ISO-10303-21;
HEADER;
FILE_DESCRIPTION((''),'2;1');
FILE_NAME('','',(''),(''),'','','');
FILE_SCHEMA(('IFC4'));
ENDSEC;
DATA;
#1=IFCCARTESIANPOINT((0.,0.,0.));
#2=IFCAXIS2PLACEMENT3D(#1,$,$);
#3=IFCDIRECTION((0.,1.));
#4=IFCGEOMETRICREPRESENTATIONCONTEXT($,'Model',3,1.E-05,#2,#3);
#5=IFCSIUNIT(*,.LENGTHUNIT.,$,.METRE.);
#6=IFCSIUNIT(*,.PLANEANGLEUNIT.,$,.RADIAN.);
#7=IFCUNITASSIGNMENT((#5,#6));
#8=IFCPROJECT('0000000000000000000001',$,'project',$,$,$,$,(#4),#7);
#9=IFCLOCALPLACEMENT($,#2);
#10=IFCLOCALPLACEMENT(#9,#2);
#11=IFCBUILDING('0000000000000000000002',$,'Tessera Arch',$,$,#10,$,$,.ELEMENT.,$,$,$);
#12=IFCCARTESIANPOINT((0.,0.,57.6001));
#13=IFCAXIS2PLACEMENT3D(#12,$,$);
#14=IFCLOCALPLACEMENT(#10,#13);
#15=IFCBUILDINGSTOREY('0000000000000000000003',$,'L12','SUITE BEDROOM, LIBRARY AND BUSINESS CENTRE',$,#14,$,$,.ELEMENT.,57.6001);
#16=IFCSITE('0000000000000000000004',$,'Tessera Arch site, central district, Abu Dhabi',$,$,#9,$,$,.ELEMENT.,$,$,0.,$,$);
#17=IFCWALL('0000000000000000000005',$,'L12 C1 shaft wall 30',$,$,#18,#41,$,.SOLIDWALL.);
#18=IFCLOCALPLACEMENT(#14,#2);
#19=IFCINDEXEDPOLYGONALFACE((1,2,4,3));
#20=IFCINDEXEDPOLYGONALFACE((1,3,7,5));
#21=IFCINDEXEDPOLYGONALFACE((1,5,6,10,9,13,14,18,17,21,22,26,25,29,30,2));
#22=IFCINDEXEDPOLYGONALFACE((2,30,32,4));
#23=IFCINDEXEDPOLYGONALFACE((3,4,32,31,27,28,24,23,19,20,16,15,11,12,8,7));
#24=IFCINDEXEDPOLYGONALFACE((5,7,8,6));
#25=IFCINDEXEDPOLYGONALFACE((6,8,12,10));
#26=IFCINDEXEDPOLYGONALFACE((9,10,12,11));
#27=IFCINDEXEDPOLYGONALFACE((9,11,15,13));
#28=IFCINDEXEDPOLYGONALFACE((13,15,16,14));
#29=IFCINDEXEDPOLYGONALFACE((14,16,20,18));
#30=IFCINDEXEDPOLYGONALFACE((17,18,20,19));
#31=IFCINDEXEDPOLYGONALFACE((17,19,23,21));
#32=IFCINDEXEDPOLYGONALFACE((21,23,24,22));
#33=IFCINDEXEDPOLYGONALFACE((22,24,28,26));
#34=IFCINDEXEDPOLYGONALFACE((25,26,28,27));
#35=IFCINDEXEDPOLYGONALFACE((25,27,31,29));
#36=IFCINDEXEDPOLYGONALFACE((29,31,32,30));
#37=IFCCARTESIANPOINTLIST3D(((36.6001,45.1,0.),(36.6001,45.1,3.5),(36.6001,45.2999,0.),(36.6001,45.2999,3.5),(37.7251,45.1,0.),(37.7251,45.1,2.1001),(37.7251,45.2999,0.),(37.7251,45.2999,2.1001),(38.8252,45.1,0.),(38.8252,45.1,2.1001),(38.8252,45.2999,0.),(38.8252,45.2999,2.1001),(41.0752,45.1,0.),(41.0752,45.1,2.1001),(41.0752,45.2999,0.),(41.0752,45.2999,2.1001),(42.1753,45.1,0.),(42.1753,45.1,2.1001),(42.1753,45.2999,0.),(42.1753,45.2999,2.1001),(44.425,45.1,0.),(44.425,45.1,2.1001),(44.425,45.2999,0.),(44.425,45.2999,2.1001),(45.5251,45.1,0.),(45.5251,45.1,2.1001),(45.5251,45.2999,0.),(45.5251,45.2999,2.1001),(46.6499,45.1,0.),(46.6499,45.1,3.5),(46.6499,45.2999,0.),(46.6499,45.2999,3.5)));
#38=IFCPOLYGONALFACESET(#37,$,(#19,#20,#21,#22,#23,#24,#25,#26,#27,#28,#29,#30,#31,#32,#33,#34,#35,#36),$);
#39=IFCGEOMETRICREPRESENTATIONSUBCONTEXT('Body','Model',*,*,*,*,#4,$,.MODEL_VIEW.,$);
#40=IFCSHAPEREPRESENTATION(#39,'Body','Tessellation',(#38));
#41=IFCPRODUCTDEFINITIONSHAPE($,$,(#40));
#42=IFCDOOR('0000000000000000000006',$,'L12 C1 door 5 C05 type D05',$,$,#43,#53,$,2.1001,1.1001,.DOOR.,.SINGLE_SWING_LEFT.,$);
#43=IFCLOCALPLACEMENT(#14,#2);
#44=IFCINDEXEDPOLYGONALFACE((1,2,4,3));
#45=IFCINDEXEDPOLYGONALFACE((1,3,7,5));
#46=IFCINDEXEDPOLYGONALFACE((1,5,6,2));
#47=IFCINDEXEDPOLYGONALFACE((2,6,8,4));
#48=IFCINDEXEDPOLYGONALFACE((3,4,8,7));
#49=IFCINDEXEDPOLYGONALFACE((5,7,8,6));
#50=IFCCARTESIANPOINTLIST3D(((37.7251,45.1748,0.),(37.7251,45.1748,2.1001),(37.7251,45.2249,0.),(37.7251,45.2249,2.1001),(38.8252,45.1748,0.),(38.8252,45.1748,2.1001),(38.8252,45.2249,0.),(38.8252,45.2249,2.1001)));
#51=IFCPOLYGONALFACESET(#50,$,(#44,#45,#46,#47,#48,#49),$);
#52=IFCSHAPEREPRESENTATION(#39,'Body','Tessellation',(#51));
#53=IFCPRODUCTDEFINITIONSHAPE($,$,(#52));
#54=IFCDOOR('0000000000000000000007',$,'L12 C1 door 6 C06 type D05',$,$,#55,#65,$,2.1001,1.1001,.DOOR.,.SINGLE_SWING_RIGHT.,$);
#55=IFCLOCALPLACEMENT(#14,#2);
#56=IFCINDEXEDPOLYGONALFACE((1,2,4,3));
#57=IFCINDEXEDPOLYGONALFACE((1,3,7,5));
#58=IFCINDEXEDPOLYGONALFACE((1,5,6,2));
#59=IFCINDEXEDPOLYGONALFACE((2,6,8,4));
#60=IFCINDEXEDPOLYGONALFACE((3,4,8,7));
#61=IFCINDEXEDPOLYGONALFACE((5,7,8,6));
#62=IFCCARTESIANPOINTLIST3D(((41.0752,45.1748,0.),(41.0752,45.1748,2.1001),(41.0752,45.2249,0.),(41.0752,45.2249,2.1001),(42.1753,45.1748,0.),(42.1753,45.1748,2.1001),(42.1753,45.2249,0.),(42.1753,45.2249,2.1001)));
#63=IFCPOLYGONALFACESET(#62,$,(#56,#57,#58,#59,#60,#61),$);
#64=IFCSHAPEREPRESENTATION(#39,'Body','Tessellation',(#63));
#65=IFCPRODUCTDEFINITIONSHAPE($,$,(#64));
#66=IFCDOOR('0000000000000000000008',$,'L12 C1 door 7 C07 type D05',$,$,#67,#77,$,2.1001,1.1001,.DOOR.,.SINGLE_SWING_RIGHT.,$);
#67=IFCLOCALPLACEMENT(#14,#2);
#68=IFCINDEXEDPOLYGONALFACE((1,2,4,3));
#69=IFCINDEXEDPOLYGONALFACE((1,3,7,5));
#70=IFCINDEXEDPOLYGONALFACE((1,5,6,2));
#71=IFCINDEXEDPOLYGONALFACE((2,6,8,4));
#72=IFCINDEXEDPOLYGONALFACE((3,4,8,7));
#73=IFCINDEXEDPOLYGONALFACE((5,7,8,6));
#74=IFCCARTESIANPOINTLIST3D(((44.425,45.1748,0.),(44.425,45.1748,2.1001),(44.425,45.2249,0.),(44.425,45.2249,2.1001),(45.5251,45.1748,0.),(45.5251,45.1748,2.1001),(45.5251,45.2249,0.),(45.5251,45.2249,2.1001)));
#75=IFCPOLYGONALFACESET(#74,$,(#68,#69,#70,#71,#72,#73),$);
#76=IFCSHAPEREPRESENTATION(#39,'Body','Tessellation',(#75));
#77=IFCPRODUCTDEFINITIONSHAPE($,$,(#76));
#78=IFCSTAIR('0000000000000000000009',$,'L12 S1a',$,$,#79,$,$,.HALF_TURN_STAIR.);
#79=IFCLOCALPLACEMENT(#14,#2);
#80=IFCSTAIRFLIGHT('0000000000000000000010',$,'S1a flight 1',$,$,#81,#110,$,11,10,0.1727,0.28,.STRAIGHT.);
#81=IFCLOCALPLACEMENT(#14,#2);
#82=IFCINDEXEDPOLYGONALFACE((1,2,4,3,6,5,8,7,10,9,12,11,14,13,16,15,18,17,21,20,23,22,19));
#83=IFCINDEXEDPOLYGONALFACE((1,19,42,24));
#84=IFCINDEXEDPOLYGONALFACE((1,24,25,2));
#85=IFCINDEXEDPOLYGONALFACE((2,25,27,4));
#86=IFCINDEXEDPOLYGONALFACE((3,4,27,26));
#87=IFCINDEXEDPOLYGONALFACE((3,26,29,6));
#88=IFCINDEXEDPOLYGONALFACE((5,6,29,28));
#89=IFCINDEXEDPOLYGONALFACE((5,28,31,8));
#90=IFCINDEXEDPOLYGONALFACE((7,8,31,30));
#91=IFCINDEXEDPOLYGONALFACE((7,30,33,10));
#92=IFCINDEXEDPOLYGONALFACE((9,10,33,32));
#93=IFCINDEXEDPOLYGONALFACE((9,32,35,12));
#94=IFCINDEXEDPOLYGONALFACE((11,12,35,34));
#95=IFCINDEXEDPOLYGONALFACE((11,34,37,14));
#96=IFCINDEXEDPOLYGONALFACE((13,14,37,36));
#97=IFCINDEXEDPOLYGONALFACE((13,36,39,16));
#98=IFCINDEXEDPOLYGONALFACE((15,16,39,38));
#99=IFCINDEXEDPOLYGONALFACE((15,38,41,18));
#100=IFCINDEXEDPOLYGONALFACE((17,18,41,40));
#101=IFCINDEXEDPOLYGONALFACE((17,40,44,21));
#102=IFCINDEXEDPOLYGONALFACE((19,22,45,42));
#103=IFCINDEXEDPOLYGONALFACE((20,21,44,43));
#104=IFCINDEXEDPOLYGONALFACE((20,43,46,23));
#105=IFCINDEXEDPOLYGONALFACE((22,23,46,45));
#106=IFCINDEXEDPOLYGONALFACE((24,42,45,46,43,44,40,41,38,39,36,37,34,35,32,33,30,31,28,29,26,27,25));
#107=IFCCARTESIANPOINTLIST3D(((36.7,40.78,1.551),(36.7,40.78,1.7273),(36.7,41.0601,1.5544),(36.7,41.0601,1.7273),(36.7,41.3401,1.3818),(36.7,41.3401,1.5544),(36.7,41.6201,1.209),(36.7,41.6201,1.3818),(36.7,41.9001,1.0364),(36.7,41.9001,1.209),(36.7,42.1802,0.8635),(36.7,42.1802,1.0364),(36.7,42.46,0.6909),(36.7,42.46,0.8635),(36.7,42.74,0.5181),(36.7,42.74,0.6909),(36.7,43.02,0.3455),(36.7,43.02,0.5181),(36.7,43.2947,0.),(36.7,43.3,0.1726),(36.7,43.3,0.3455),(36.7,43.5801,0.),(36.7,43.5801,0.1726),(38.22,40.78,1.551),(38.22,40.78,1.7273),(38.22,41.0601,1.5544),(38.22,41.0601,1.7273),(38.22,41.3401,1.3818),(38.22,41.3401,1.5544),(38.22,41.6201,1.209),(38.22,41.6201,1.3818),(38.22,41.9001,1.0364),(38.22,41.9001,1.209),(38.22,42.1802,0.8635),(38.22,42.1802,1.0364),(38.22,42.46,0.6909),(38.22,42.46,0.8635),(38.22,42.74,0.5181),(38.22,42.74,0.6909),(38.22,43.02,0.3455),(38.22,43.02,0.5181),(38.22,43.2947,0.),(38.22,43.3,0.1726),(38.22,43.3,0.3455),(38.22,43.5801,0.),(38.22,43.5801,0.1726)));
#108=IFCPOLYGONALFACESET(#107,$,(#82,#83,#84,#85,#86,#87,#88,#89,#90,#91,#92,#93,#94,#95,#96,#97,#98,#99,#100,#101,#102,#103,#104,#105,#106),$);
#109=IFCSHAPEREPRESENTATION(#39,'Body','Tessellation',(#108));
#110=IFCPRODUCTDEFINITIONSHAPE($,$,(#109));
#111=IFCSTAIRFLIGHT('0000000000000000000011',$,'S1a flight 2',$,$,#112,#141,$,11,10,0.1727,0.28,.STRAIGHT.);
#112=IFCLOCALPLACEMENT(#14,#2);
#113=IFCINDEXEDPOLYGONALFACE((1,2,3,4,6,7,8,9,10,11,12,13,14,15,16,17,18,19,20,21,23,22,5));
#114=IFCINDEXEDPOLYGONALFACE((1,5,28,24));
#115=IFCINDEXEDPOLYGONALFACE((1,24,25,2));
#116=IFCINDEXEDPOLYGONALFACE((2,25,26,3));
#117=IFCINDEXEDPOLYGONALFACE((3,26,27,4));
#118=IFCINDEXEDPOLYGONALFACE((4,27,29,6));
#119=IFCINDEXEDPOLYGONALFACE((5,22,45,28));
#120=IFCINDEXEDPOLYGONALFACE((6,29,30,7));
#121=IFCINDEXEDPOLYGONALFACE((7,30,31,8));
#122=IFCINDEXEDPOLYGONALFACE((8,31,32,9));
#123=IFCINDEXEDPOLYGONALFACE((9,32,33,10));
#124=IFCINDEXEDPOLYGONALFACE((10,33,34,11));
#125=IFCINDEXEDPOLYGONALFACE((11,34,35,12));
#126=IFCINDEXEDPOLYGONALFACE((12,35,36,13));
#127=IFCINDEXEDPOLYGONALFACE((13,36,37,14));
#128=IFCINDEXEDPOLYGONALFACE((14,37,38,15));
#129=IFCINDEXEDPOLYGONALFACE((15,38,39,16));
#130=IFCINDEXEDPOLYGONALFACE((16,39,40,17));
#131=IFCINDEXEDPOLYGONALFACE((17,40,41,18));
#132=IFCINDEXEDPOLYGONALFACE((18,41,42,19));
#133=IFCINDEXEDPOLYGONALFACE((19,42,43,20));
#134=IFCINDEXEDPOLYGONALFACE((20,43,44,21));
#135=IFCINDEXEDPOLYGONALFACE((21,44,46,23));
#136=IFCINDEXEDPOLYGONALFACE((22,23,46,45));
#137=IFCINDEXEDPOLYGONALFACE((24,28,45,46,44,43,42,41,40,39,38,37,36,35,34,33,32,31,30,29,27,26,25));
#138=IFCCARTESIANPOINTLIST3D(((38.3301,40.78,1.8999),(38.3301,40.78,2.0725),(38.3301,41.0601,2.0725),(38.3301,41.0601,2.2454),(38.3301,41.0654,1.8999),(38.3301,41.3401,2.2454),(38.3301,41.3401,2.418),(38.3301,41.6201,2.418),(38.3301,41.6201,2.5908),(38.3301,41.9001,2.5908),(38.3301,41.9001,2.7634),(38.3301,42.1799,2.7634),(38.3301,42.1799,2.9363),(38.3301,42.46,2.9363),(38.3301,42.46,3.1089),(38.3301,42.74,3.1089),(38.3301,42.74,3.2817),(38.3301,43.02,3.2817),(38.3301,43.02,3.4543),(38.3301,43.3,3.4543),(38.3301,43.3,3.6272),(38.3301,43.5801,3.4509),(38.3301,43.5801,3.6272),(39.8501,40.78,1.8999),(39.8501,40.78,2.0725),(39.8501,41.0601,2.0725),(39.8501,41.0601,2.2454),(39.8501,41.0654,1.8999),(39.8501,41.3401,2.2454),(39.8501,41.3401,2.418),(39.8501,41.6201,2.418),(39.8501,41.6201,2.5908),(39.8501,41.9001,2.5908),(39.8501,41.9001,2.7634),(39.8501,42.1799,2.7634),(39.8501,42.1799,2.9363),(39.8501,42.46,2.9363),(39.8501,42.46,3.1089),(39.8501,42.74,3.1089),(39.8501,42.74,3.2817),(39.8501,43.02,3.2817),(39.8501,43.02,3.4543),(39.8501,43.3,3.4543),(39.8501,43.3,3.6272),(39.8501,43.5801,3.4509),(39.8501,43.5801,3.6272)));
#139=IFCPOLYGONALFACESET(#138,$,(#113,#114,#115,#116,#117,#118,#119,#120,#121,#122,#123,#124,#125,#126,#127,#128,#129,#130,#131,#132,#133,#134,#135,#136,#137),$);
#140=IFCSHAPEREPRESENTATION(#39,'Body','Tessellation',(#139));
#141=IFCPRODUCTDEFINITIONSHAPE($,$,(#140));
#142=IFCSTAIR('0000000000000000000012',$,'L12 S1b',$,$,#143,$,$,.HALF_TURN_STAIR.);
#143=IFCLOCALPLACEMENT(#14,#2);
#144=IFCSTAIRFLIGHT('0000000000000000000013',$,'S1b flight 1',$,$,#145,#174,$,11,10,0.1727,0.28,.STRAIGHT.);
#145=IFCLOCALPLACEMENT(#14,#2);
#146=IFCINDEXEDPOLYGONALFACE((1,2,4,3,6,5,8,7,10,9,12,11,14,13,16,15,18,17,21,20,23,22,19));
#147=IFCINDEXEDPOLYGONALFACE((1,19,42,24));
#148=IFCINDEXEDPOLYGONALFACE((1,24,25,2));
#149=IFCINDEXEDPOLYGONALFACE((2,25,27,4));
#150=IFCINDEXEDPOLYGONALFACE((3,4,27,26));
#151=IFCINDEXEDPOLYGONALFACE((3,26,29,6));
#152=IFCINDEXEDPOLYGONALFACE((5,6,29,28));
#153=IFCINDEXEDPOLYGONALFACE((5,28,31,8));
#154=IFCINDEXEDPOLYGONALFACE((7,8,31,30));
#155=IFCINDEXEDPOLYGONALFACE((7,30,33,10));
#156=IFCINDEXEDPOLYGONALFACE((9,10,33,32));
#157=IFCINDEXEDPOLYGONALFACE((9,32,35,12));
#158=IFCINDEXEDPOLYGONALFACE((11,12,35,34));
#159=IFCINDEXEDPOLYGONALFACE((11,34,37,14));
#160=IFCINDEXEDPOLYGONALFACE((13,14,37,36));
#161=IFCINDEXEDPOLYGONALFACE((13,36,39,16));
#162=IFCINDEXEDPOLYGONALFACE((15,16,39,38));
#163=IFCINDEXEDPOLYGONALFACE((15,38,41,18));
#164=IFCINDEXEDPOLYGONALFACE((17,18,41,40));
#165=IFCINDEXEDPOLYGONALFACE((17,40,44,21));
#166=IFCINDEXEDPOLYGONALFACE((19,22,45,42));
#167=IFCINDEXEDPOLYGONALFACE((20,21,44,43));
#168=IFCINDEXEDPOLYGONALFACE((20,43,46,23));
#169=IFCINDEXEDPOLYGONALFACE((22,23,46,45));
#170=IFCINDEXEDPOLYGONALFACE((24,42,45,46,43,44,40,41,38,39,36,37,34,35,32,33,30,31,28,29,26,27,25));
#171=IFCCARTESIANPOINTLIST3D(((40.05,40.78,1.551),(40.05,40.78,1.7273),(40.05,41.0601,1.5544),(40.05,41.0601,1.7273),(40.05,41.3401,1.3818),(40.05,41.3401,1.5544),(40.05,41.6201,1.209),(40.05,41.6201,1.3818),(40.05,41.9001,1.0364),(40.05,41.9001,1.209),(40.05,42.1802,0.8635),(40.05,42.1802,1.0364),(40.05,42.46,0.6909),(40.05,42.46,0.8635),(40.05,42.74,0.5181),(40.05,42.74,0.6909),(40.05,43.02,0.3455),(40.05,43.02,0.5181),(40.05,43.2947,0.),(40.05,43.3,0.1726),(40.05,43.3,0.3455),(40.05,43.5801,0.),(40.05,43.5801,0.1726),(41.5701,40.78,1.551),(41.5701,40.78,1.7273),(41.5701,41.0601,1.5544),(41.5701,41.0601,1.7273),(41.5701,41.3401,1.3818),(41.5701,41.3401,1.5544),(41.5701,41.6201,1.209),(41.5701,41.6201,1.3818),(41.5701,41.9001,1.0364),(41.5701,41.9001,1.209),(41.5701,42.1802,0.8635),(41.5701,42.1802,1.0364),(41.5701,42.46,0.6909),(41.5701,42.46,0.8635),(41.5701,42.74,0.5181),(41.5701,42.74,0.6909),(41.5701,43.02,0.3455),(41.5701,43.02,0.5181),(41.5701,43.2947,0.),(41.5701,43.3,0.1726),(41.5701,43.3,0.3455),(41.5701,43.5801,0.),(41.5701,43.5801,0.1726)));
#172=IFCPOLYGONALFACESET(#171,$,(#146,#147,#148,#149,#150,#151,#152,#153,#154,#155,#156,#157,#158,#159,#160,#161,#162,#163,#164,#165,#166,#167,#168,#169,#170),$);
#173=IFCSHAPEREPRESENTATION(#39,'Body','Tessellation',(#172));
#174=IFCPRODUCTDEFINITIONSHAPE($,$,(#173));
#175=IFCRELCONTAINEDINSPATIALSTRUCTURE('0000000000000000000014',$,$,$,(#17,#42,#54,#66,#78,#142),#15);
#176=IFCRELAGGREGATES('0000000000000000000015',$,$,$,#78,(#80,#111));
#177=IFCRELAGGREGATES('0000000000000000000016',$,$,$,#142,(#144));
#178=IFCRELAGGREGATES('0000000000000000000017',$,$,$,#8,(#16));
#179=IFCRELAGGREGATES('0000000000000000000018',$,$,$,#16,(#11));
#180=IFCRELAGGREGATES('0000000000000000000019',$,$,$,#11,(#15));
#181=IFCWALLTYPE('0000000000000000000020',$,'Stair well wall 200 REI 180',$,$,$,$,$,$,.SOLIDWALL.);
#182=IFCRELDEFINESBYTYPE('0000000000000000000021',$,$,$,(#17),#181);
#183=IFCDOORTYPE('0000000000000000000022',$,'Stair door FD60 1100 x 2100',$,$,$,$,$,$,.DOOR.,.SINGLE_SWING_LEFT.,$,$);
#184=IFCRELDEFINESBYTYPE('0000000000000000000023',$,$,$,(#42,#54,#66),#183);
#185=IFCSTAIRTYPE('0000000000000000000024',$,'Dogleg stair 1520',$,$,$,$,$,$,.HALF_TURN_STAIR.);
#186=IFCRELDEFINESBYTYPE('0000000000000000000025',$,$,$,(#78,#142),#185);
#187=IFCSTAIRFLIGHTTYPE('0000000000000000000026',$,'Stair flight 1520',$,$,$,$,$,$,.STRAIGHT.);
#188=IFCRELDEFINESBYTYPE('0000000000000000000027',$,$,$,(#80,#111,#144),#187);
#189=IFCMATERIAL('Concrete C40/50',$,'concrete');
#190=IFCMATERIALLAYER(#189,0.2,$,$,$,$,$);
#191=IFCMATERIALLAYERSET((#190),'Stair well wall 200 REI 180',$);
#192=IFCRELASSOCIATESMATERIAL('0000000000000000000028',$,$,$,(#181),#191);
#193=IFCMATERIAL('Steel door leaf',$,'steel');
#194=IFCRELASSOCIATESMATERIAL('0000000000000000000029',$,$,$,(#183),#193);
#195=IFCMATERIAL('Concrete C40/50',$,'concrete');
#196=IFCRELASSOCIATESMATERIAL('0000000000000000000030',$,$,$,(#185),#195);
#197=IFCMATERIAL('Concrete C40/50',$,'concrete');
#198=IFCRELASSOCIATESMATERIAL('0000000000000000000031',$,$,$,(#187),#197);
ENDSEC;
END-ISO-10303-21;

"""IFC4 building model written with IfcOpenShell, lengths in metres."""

from ifc_helpers import new_model, si_unit, direction, frame, frame_2d, origin, place, context, subcontext, project, spatial, polyline, rectangle, outline, extrude, material, layer, layer_set, type_object, element, fill, aggregate, save


model = new_model("IFC4")

# Units and contexts
model_context = context("Model", 3, precision=1e-05, world=origin(), true_north=direction((0.0, 1.0)))
body_context = subcontext(model_context, "Body", "Model", "MODEL_VIEW")
ifc_project = project(units=[si_unit("LENGTHUNIT", "METRE"), si_unit("PLANEANGLEUNIT", "RADIAN")], contexts=[model_context])

# Site, building, storey
site_placement = place(None, origin())
site = spatial("IfcSite", under=ifc_project, at=site_placement, Name="Tessera Arch site, central district, Abu Dhabi", CompositionType="ELEMENT", RefElevation=0.0)
building_placement = place(site_placement, origin())
building = spatial("IfcBuilding", under=site, at=building_placement, Name="Tessera Arch", CompositionType="ELEMENT")
storey_placement = place(building_placement, frame((0.0, 0.0, 57.6001)))
storey = spatial("IfcBuildingStorey", under=building, at=storey_placement, Name="L12", Description="SUITE BEDROOM, LIBRARY AND BUSINESS CENTRE", CompositionType="ELEMENT", Elevation=57.6001)

# Shared definitions
ifc_material_1 = material(Name="Concrete C40/50", Category="concrete")
ifc_layer_1 = layer(ifc_material_1, 0.2)
ifc_layer_set_1 = layer_set([ifc_layer_1], Name="Stair well wall 200 REI 180")
wall_type_1 = type_object("IfcWallType", Name="Stair well wall 200 REI 180", PredefinedType="SOLIDWALL", material=ifc_layer_set_1)

# Wall, openings, doors
wall_1_placement = place(storey_placement, frame((36.6001, 45.2, 0.0), z_axis=(0.0, 0.0, 1.0), x_axis=(1.0, 0.0, 0.0)))
wall_1 = element("IfcWall", 1, at=wall_1_placement, inside=storey, type_object=wall_type_1, Name="L12 C1 shaft wall 30", PredefinedType="SOLIDWALL", context=body_context, shape_type="SweptSolid", body=[
    extrude(rectangle(XDim=10.0498, YDim=0.2, at=frame_2d((5.0249, 0.0))), origin(), (0.0, 0.0, 1.0), 3.5),
])
opening_1_placement = place(wall_1_placement, frame((1.125, 0.0, 0.0)))
opening_1 = element("IfcOpeningElement", 2, at=opening_1_placement, cuts=wall_1, PredefinedType="OPENING", context=body_context, shape_type="SweptSolid", body=[
    extrude(rectangle(XDim=1.1001, YDim=2.1001, at=frame_2d((0.55, 1.05))), frame((0.0, 0.1099, 0.0), z_axis=(0.0, -1.0, 0.0), x_axis=(1.0, 0.0, 0.0)), (0.0, 0.0, 1.0), 0.22),
])
opening_2_placement = place(wall_1_placement, frame((4.4751, 0.0, 0.0)))
opening_2 = element("IfcOpeningElement", 3, at=opening_2_placement, cuts=wall_1, PredefinedType="OPENING", context=body_context, shape_type="SweptSolid", body=[
    extrude(rectangle(XDim=1.1001, YDim=2.1001, at=frame_2d((0.55, 1.05))), frame((0.0, 0.1099, 0.0), z_axis=(0.0, -1.0, 0.0), x_axis=(1.0, 0.0, 0.0)), (0.0, 0.0, 1.0), 0.22),
])
opening_3_placement = place(wall_1_placement, frame((7.825, 0.0, 0.0)))
opening_3 = element("IfcOpeningElement", 4, at=opening_3_placement, cuts=wall_1, PredefinedType="OPENING", context=body_context, shape_type="SweptSolid", body=[
    extrude(rectangle(XDim=1.1001, YDim=2.1001, at=frame_2d((0.55, 1.05))), frame((0.0, 0.1099, 0.0), z_axis=(0.0, -1.0, 0.0), x_axis=(1.0, 0.0, 0.0)), (0.0, 0.0, 1.0), 0.22),
])
ifc_material_2 = material(Name="Steel door leaf", Category="steel")
door_type_1 = type_object("IfcDoorType", Name="Stair door FD60 1100 x 2100", OperationType="SINGLE_SWING_LEFT", PredefinedType="DOOR", material=ifc_material_2)
door_1_placement = place(opening_1_placement, origin())
door_1 = element("IfcDoor", 5, at=door_1_placement, inside=storey, type_object=door_type_1, Name="L12 C1 door 5 C05 type D05", OperationType="SINGLE_SWING_LEFT", OverallHeight=2.1001, OverallWidth=1.1001, PredefinedType="DOOR", context=body_context, shape_type="SweptSolid", body=[
    extrude(rectangle(XDim=1.1001, YDim=2.1001, at=frame_2d((0.55, 1.05))), frame((0.0, 0.0249, 0.0), z_axis=(0.0, -1.0, 0.0), x_axis=(1.0, 0.0, 0.0)), (0.0, 0.0, 1.0), 0.05),
])
fill(opening_1, door_1)
door_2_placement = place(opening_2_placement, origin())
door_2 = element("IfcDoor", 6, at=door_2_placement, inside=storey, type_object=door_type_1, Name="L12 C1 door 6 C06 type D05", OperationType="SINGLE_SWING_RIGHT", OverallHeight=2.1001, OverallWidth=1.1001, PredefinedType="DOOR", context=body_context, shape_type="SweptSolid", body=[
    extrude(rectangle(XDim=1.1001, YDim=2.1001, at=frame_2d((0.55, 1.05))), frame((0.0, 0.0249, 0.0), z_axis=(0.0, -1.0, 0.0), x_axis=(1.0, 0.0, 0.0)), (0.0, 0.0, 1.0), 0.05),
])
fill(opening_2, door_2)
door_3_placement = place(opening_3_placement, origin())
door_3 = element("IfcDoor", 7, at=door_3_placement, inside=storey, type_object=door_type_1, Name="L12 C1 door 7 C07 type D05", OperationType="SINGLE_SWING_RIGHT", OverallHeight=2.1001, OverallWidth=1.1001, PredefinedType="DOOR", context=body_context, shape_type="SweptSolid", body=[
    extrude(rectangle(XDim=1.1001, YDim=2.1001, at=frame_2d((0.55, 1.05))), frame((0.0, 0.0249, 0.0), z_axis=(0.0, -1.0, 0.0), x_axis=(1.0, 0.0, 0.0)), (0.0, 0.0, 1.0), 0.05),
])
fill(opening_3, door_3)

# Stair, stair flights
ifc_material_3 = material(Name="Concrete C40/50", Category="concrete")
stair_type = type_object("IfcStairType", Name="Dogleg stair 1520", PredefinedType="HALF_TURN_STAIR", material=ifc_material_3)
stair_1_placement = place(storey_placement, origin())
stair_1 = element("IfcStair", 8, at=stair_1_placement, inside=storey, type_object=stair_type, Name="L12 S1a", PredefinedType="HALF_TURN_STAIR")
ifc_material_4 = material(Name="Concrete C40/50", Category="concrete")
stair_flight_type = type_object("IfcStairFlightType", Name="Stair flight 1520", PredefinedType="STRAIGHT", material=ifc_material_4)
stair_flight_1_placement = place(storey_placement, frame((37.46, 43.5801, 0.0), z_axis=(0.0, 0.0, 1.0), x_axis=(0.0, -1.0, 0.0)))
stair_flight_1 = element("IfcStairFlight", 9, at=stair_flight_1_placement, type_object=stair_flight_type, Name="S1a flight 1", NumberOfRisers=11, NumberOfTreads=10, PredefinedType="STRAIGHT", RiserHeight=0.1727, TreadLength=0.28, context=body_context, shape_type="SweptSolid", body=[
    extrude(outline(polyline([(0.0, 0.0), (0.0, 0.1726), (0.28, 0.1726), (0.28, 0.3455), (0.5601, 0.3455), (0.5601, 0.5181), (0.8401, 0.5181), (0.8401, 0.6909), (1.1201, 0.6909), (1.1201, 0.8635), (1.3999, 0.8635), (1.3999, 1.0364), (1.6799, 1.0364), (1.6799, 1.209), (1.96, 1.209), (1.96, 1.3818), (2.24, 1.3818), (2.24, 1.5544), (2.52, 1.5544), (2.52, 1.7273), (2.8, 1.7273), (2.8, 1.8999), (2.8, 1.551), (0.2854, 0.0), (0.0, 0.0)])), frame((0.0, 0.76, 0.0), z_axis=(0.0, -1.0, 0.0), x_axis=(1.0, 0.0, 0.0)), (0.0, 0.0, 1.0), 1.52),
])
stair_flight_2_placement = place(storey_placement, frame((39.0901, 40.78, 1.8999), z_axis=(0.0, 0.0, 1.0), x_axis=(0.0, 1.0, 0.0)))
stair_flight_2 = element("IfcStairFlight", 10, at=stair_flight_2_placement, type_object=stair_flight_type, Name="S1a flight 2", NumberOfRisers=11, NumberOfTreads=10, PredefinedType="STRAIGHT", RiserHeight=0.1727, TreadLength=0.28, context=body_context, shape_type="SweptSolid", body=[
    extrude(outline(polyline([(0.0, 0.0), (0.0, 0.1726), (0.28, 0.1726), (0.28, 0.3455), (0.5601, 0.3455), (0.5601, 0.5181), (0.8401, 0.5181), (0.8401, 0.6909), (1.1201, 0.6909), (1.1201, 0.8635), (1.3999, 0.8635), (1.3999, 1.0364), (1.6799, 1.0364), (1.6799, 1.209), (1.96, 1.209), (1.96, 1.3818), (2.24, 1.3818), (2.24, 1.5544), (2.52, 1.5544), (2.52, 1.7273), (2.8, 1.7273), (2.8, 1.8999), (2.8, 1.551), (0.2854, 0.0), (0.0, 0.0)])), frame((0.0, 0.76, 0.0), z_axis=(0.0, -1.0, 0.0), x_axis=(1.0, 0.0, 0.0)), (0.0, 0.0, 1.0), 1.52),
])
aggregate(stair_1, [stair_flight_1, stair_flight_2])

# Stair, stair flight
stair_2_placement = place(storey_placement, origin())
stair_2 = element("IfcStair", 11, at=stair_2_placement, inside=storey, type_object=stair_type, Name="L12 S1b", PredefinedType="HALF_TURN_STAIR")
stair_flight_3_placement = place(storey_placement, frame((40.8101, 43.5801, 0.0), z_axis=(0.0, 0.0, 1.0), x_axis=(0.0, -1.0, 0.0)))
stair_flight_3 = element("IfcStairFlight", 12, at=stair_flight_3_placement, type_object=stair_flight_type, Name="S1b flight 1", NumberOfRisers=11, NumberOfTreads=10, PredefinedType="STRAIGHT", RiserHeight=0.1727, TreadLength=0.28, context=body_context, shape_type="SweptSolid", body=[
    extrude(outline(polyline([(0.0, 0.0), (0.0, 0.1726), (0.28, 0.1726), (0.28, 0.3455), (0.5601, 0.3455), (0.5601, 0.5181), (0.8401, 0.5181), (0.8401, 0.6909), (1.1201, 0.6909), (1.1201, 0.8635), (1.3999, 0.8635), (1.3999, 1.0364), (1.6799, 1.0364), (1.6799, 1.209), (1.96, 1.209), (1.96, 1.3818), (2.24, 1.3818), (2.24, 1.5544), (2.52, 1.5544), (2.52, 1.7273), (2.8, 1.7273), (2.8, 1.8999), (2.8, 1.551), (0.2854, 0.0), (0.0, 0.0)])), frame((0.0, 0.76, 0.0), z_axis=(0.0, -1.0, 0.0), x_axis=(1.0, 0.0, 0.0)), (0.0, 0.0, 1.0), 1.52),
])
aggregate(stair_2, [stair_flight_3])

save(model, "model.ifc")
